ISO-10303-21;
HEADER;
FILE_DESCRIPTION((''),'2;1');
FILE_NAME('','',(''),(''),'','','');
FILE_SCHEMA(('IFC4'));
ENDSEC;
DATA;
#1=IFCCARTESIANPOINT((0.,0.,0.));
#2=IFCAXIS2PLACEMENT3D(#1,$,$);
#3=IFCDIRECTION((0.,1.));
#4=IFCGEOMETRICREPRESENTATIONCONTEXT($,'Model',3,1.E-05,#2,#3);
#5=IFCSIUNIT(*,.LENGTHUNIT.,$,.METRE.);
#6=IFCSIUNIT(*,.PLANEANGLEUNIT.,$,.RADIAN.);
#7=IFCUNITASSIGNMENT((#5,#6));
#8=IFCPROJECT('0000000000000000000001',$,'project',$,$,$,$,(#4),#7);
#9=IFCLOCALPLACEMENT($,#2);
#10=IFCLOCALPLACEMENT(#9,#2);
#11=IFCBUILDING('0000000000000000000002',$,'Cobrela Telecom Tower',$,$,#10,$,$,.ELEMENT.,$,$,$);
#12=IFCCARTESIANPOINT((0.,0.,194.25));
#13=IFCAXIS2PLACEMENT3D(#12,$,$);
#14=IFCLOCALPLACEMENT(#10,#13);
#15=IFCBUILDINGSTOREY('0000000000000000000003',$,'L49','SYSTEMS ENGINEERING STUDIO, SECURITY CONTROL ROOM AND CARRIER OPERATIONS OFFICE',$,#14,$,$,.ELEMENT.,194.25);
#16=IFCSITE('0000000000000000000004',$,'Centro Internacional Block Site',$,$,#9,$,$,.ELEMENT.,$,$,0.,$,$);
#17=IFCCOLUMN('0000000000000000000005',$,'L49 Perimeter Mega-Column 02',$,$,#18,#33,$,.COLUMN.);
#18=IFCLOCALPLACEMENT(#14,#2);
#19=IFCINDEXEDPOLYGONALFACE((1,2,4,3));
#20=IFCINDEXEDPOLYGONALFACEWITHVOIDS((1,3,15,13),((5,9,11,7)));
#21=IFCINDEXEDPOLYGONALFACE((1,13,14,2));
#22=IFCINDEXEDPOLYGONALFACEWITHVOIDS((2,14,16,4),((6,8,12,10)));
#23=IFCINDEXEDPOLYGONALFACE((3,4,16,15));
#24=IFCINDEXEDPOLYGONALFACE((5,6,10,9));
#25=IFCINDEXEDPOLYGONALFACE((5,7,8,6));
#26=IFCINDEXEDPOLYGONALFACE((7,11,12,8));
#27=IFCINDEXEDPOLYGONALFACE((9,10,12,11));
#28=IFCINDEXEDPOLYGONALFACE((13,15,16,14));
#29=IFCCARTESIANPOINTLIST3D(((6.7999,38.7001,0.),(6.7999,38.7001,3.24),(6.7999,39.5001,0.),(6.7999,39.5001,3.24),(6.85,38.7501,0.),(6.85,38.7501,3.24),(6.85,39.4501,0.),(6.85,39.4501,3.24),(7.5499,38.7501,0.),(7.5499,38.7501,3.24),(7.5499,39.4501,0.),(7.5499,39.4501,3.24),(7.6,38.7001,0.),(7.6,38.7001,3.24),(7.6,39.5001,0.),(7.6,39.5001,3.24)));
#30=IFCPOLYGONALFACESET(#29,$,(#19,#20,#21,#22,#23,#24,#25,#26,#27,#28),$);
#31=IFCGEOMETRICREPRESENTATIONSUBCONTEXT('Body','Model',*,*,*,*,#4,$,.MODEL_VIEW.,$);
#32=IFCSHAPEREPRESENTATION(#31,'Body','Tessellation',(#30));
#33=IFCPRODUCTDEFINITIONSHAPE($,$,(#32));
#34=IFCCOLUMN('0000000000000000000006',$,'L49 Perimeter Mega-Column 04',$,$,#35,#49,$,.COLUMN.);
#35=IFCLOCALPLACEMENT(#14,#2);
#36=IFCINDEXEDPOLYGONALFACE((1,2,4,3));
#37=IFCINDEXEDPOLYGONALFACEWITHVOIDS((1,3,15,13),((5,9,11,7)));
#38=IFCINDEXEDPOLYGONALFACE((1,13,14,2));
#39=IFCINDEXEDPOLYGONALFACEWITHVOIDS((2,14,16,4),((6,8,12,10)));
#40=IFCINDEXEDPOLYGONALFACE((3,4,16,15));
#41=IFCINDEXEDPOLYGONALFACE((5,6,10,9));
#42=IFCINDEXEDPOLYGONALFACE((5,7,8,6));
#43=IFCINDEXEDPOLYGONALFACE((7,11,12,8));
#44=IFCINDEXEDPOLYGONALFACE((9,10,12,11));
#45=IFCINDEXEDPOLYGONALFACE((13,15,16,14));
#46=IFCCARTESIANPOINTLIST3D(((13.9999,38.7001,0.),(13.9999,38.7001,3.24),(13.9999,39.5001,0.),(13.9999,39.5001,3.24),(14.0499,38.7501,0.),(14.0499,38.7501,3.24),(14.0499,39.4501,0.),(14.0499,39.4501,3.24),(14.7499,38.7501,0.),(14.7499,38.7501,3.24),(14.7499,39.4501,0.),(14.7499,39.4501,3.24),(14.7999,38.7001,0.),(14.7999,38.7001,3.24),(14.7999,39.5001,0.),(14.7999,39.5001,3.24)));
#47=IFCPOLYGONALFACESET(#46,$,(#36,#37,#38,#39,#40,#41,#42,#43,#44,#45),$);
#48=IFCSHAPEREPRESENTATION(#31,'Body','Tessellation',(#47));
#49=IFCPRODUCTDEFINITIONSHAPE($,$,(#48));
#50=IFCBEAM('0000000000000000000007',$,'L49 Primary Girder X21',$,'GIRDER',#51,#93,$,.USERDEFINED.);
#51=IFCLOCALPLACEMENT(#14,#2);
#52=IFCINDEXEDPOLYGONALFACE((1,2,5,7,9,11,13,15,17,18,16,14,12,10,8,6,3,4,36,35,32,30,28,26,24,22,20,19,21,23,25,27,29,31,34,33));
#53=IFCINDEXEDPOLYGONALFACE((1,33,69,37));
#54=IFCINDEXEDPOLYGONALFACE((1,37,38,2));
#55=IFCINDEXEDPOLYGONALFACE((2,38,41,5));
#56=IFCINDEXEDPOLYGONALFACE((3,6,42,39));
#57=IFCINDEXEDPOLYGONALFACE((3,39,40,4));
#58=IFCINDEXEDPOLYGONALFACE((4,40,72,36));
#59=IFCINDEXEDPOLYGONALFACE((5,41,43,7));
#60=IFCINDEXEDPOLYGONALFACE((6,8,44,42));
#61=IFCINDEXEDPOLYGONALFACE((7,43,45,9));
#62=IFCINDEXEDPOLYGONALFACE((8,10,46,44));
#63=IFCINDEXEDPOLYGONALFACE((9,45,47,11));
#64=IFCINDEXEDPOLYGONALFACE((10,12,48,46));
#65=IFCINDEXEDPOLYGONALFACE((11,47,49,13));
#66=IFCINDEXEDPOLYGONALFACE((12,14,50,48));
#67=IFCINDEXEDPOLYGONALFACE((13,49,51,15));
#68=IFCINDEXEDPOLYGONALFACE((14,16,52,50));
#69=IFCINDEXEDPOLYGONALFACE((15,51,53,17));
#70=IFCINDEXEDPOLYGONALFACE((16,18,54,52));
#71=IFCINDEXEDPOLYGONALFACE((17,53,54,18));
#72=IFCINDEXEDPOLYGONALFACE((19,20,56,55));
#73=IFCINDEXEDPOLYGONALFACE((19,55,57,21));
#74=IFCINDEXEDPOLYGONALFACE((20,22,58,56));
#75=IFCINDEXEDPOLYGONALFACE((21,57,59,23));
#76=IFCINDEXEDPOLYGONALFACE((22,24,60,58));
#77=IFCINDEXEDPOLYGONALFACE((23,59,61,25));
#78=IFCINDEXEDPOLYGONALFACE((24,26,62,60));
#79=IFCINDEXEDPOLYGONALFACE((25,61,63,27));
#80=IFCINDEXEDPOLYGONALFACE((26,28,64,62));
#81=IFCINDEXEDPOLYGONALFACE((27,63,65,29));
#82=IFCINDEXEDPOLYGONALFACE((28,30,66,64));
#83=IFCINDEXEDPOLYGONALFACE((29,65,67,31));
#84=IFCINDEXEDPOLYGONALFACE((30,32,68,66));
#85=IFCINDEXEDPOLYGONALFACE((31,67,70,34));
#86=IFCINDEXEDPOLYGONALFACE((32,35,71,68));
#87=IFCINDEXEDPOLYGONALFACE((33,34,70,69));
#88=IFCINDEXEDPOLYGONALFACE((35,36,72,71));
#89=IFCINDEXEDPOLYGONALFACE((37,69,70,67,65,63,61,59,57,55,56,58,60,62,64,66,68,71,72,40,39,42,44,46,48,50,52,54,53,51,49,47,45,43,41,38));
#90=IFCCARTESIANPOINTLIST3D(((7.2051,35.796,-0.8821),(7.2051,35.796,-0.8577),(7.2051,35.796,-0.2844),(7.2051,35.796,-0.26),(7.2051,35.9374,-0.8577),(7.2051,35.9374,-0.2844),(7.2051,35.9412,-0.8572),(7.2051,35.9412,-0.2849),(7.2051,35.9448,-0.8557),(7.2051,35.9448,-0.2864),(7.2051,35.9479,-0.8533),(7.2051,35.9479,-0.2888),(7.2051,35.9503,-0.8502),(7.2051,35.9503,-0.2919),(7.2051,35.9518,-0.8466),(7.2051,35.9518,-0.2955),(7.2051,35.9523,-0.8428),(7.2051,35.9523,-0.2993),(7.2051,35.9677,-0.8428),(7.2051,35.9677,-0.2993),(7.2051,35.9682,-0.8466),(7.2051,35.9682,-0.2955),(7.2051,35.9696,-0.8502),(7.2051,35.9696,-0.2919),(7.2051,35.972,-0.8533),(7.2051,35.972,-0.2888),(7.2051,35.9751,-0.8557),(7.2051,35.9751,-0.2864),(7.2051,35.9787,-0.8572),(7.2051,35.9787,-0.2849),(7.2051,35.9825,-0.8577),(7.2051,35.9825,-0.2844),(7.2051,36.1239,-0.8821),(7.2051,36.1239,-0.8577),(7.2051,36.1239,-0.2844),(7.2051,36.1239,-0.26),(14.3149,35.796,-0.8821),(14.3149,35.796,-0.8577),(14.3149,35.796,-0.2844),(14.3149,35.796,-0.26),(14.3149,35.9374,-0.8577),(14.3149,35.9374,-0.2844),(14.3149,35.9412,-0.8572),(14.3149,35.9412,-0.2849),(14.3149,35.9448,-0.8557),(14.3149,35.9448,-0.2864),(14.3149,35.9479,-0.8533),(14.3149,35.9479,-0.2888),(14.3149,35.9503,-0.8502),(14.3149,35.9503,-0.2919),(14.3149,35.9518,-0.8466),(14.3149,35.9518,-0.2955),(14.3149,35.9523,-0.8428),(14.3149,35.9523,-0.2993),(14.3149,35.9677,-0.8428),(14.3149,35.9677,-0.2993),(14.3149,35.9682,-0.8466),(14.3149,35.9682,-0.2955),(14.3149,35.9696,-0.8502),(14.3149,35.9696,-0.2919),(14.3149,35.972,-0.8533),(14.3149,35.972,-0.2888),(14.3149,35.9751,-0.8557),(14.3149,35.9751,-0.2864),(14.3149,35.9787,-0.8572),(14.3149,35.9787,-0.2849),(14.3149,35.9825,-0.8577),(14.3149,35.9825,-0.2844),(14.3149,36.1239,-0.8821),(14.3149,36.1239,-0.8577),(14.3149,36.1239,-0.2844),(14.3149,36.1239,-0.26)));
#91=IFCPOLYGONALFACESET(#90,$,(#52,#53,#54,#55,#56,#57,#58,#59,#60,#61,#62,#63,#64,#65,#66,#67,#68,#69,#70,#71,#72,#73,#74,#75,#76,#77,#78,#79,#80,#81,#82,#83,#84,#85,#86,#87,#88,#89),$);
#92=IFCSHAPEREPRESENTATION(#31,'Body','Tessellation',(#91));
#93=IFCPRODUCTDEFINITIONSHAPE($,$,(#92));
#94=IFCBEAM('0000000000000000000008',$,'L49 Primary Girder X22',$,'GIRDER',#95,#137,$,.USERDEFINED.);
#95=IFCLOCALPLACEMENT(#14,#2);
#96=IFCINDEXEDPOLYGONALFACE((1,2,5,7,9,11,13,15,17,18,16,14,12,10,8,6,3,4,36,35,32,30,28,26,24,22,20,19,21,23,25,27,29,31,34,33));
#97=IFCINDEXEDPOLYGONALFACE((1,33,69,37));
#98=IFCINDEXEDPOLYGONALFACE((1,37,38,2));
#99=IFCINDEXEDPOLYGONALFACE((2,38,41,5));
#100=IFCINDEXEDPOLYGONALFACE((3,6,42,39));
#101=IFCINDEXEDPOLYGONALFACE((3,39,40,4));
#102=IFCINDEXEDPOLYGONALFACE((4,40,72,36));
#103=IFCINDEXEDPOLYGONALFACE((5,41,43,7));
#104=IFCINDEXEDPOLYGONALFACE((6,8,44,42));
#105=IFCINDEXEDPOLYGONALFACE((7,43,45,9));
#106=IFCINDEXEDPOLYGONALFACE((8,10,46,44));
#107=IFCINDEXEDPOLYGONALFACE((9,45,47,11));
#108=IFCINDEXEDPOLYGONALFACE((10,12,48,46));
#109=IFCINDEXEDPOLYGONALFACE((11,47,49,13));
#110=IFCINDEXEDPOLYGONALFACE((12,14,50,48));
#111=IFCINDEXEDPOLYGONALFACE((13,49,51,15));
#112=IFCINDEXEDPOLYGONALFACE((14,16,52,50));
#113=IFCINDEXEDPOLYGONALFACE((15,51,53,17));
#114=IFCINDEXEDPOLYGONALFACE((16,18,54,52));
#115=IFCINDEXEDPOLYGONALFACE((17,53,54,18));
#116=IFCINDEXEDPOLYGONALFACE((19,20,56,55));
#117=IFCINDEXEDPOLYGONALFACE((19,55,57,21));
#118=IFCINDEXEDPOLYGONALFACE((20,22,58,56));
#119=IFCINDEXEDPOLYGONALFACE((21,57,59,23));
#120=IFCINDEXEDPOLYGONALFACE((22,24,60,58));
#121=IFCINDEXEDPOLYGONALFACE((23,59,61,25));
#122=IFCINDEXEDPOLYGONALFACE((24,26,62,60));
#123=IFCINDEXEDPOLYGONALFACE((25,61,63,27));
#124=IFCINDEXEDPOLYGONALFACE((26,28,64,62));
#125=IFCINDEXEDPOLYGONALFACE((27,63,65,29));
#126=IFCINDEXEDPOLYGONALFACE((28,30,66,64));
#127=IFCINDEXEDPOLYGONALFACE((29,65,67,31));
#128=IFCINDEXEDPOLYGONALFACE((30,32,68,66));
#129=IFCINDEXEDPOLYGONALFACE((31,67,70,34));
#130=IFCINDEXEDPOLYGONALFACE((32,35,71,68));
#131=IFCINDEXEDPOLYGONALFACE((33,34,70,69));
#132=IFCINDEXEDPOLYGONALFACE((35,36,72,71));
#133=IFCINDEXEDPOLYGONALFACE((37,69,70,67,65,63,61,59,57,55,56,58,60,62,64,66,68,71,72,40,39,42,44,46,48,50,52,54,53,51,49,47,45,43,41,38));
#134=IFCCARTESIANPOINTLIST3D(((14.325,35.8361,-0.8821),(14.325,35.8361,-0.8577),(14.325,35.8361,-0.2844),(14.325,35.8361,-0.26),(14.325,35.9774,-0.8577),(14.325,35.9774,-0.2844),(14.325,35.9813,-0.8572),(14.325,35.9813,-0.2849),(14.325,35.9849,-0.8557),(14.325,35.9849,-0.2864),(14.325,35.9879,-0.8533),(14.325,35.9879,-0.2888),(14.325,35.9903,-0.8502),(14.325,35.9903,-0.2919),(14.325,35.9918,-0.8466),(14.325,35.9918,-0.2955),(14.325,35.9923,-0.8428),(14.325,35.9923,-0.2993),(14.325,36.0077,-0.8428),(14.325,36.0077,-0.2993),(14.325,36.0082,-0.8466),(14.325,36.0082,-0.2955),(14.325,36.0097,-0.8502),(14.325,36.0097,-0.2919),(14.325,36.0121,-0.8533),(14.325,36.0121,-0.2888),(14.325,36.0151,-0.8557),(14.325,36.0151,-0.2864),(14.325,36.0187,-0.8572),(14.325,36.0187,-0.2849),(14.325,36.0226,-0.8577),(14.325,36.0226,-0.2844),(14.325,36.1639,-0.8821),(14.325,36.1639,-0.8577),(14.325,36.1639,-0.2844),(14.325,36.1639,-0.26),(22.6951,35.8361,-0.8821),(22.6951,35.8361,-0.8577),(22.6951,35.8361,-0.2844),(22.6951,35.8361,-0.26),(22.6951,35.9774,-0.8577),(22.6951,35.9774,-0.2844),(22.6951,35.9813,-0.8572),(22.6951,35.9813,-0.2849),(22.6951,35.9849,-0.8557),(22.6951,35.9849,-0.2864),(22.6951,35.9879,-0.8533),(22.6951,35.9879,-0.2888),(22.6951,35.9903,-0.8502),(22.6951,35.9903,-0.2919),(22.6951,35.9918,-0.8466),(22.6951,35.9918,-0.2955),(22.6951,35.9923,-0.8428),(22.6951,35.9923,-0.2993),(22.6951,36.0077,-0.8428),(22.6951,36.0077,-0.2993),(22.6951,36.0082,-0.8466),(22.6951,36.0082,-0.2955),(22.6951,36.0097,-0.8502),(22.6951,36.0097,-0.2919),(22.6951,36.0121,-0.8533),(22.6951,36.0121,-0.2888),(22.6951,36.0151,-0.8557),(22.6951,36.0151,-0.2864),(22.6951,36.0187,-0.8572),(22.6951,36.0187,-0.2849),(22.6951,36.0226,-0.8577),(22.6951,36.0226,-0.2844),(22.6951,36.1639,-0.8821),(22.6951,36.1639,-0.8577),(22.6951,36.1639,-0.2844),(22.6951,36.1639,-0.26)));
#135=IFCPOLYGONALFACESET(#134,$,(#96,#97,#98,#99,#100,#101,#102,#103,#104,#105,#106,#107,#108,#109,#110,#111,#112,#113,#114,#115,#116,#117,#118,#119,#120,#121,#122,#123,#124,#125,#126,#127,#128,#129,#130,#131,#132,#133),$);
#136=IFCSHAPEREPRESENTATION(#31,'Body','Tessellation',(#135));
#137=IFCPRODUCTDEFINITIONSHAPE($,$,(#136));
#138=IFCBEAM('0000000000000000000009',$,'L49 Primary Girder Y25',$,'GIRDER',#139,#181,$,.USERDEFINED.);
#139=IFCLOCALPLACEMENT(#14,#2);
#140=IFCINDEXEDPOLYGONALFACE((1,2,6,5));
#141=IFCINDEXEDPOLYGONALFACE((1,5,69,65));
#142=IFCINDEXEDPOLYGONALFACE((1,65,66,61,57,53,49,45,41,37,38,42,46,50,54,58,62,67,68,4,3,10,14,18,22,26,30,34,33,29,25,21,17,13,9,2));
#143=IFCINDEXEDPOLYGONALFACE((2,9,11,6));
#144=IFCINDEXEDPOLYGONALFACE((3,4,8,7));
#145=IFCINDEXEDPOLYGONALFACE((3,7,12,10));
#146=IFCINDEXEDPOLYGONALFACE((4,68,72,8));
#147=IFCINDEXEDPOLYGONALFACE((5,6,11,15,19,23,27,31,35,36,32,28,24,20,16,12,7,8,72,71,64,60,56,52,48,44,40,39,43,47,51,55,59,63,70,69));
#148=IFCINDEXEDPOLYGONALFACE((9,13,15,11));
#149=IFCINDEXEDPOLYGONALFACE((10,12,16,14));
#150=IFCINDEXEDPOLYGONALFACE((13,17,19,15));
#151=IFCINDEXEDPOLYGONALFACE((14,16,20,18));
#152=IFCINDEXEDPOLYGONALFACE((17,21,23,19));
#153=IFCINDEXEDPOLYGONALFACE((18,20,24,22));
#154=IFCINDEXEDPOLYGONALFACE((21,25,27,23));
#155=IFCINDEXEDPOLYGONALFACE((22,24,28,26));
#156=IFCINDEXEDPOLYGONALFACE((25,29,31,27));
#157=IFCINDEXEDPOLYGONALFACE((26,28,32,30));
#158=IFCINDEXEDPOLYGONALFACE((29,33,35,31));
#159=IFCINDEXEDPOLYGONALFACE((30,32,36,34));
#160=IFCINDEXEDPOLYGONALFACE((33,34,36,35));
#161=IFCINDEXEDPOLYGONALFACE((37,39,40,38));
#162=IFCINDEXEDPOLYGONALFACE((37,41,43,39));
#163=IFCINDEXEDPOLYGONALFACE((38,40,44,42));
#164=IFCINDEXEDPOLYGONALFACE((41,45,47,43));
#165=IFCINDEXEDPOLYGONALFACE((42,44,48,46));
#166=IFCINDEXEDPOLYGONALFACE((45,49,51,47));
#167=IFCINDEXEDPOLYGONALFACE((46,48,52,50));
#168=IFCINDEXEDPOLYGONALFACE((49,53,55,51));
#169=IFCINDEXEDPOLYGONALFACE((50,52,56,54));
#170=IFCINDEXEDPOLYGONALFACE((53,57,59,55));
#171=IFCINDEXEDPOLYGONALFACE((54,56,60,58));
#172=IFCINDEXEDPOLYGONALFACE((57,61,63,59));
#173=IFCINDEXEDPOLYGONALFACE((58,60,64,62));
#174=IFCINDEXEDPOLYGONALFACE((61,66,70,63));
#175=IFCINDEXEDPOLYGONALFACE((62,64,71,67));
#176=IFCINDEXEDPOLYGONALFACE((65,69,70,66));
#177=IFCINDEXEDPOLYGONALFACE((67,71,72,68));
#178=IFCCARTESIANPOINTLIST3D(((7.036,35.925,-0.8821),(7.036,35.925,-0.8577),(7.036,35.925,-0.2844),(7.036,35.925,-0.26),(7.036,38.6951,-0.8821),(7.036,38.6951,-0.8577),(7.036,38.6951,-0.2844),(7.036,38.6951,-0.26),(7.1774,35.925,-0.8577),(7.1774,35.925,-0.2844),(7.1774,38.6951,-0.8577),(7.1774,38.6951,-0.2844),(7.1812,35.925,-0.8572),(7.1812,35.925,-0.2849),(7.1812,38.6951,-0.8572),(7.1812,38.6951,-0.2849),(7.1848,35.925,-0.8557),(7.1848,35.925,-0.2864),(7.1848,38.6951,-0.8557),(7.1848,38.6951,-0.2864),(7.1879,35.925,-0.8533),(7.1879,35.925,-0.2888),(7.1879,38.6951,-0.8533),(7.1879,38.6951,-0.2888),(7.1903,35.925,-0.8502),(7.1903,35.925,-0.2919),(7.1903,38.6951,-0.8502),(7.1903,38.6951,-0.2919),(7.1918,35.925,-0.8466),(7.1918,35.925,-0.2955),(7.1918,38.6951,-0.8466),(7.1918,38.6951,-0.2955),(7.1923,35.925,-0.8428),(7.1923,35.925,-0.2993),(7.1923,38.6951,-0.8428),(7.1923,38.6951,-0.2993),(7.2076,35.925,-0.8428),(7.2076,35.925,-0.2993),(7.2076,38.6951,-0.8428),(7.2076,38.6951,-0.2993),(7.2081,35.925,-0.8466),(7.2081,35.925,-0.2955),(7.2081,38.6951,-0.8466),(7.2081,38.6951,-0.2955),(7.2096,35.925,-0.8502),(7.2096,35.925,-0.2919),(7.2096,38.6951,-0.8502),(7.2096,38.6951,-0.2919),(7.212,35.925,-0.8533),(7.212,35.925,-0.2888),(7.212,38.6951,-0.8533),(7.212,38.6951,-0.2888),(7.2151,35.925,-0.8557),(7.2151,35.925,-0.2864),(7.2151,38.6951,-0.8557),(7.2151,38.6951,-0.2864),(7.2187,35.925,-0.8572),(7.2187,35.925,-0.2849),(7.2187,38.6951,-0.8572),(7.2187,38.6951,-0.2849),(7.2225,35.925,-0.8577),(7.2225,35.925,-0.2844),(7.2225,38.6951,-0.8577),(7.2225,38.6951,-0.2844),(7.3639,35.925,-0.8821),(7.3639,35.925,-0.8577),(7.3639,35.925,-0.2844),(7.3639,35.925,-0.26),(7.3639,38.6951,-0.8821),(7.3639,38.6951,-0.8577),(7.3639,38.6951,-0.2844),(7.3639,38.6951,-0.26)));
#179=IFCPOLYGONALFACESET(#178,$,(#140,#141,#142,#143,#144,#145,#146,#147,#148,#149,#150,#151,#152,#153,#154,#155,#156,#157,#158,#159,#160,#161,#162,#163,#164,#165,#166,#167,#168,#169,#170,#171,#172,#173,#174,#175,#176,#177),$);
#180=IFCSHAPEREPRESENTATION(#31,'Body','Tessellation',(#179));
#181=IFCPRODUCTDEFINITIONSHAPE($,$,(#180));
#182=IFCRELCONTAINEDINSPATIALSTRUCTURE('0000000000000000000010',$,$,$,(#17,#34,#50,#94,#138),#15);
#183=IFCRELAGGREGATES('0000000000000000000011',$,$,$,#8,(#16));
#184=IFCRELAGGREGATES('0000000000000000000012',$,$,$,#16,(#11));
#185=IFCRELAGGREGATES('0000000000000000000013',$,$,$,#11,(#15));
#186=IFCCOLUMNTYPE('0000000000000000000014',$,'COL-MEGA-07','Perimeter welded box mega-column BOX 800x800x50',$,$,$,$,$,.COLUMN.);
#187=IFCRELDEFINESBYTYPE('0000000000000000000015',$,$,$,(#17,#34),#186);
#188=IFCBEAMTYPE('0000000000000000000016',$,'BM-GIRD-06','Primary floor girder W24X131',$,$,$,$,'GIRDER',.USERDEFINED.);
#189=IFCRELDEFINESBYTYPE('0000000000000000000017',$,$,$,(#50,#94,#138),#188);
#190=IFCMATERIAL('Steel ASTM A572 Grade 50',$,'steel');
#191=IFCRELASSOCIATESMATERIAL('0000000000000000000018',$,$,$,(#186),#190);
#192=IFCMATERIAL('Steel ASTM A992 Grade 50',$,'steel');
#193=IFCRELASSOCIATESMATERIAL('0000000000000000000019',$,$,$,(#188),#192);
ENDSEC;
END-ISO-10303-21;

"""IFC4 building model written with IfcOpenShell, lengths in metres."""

from ifc_helpers import new_model, si_unit, direction, frame, origin, origin_2d, place, context, subcontext, project, spatial, hollow_rectangle, i_section, extrude, material, material_profile, profile_set, type_object, element, save


model = new_model("IFC4")

# Units and contexts
model_context = context("Model", 3, precision=1e-05, world=origin(), true_north=direction((0.0, 1.0)))
body_context = subcontext(model_context, "Body", "Model", "MODEL_VIEW")
ifc_project = project(units=[si_unit("LENGTHUNIT", "METRE"), si_unit("PLANEANGLEUNIT", "RADIAN")], contexts=[model_context])

# Site, building, storey
site_placement = place(None, origin())
site = spatial("IfcSite", under=ifc_project, at=site_placement, Name="Centro Internacional Block Site", CompositionType="ELEMENT", RefElevation=0.0)
building_placement = place(site_placement, origin())
building = spatial("IfcBuilding", under=site, at=building_placement, Name="Cobrela Telecom Tower", CompositionType="ELEMENT")
storey_placement = place(building_placement, frame((0.0, 0.0, 194.25)))
storey = spatial("IfcBuildingStorey", under=building, at=storey_placement, Name="L49", Description="SYSTEMS ENGINEERING STUDIO, SECURITY CONTROL ROOM AND CARRIER OPERATIONS OFFICE", CompositionType="ELEMENT", Elevation=194.25)

# Columns
ifc_material_1 = material(Name="Steel ASTM A572 Grade 50", Category="steel")
ifc_material_profile_1 = material_profile(ifc_material_1, hollow_rectangle(XDim=0.8, YDim=0.8, WallThickness=0.05, at=origin_2d()), Name="BOX 800x800x50")
ifc_profile_set_1 = profile_set([ifc_material_profile_1], Name="Steel ASTM A572 Grade 50")
column_type = type_object("IfcColumnType", Name="COL-MEGA-07", Description="Perimeter welded box mega-column BOX 800x800x50", PredefinedType="COLUMN", material=ifc_profile_set_1)
for number, where, z_axis, x_axis, name in (
    (1, (7.2, 39.1001, 0.0), (0.0, 0.0, 1.0), (1.0, 0.0, 0.0), "L49 Perimeter Mega-Column 02"),
    (2, (14.3999, 39.1001, 0.0), (0.0, 0.0, 1.0), (1.0, 0.0, 0.0), "L49 Perimeter Mega-Column 04"),
):
    element("IfcColumn", number, at=place(storey_placement, frame(where, z_axis=z_axis, x_axis=x_axis)), inside=storey, type_object=column_type, Name=name, PredefinedType="COLUMN", context=body_context, shape_type="SweptSolid", body=[
        extrude(hollow_rectangle(XDim=0.8, YDim=0.8, WallThickness=0.05, at=origin_2d()), origin(), (0.0, 0.0, 1.0), 3.24),
    ])

# Beams
ifc_material_2 = material(Name="Steel ASTM A992 Grade 50", Category="steel")
ifc_material_profile_2 = material_profile(ifc_material_2, i_section(OverallWidth=0.3279, OverallDepth=0.6221, WebThickness=0.0154, FlangeThickness=0.0244, FilletRadius=0.0149, at=origin_2d()), Name="W24X131")
ifc_profile_set_2 = profile_set([ifc_material_profile_2], Name="Steel ASTM A992 Grade 50")
beam_type_1 = type_object("IfcBeamType", Name="BM-GIRD-06", Description="Primary floor girder W24X131", ElementType="GIRDER", PredefinedType="USERDEFINED", material=ifc_profile_set_2)
beam_1_placement = place(storey_placement, frame((7.2051, 35.96, -0.571), z_axis=(1.0, 0.0, 0.0), x_axis=(0.0, 1.0, 0.0)))
element("IfcBeam", 3, at=beam_1_placement, inside=storey, type_object=beam_type_1, Name="L49 Primary Girder X21", ObjectType="GIRDER", PredefinedType="USERDEFINED", context=body_context, shape_type="SweptSolid", body=[
    extrude(i_section(OverallWidth=0.3279, OverallDepth=0.6221, WebThickness=0.0154, FlangeThickness=0.0244, FilletRadius=0.0149, at=origin_2d()), origin(), (0.0, 0.0, 1.0), 7.1099),
])
beam_2_placement = place(storey_placement, frame((14.325, 36.0, -0.571), z_axis=(1.0, 0.0, 0.0), x_axis=(0.0, 1.0, 0.0)))
element("IfcBeam", 4, at=beam_2_placement, inside=storey, type_object=beam_type_1, Name="L49 Primary Girder X22", ObjectType="GIRDER", PredefinedType="USERDEFINED", context=body_context, shape_type="SweptSolid", body=[
    extrude(i_section(OverallWidth=0.3279, OverallDepth=0.6221, WebThickness=0.0154, FlangeThickness=0.0244, FilletRadius=0.0149, at=origin_2d()), origin(), (0.0, 0.0, 1.0), 8.3701),
])
for number, where, z_axis, x_axis, name in (
    (5, (7.2, 35.925, -0.571), (0.0, 1.0, 0.0), (-1.0, 0.0, 0.0), "L49 Primary Girder Y25"),
):
    element("IfcBeam", number, at=place(storey_placement, frame(where, z_axis=z_axis, x_axis=x_axis)), inside=storey, type_object=beam_type_1, Name=name, ObjectType="GIRDER", PredefinedType="USERDEFINED", context=body_context, shape_type="SweptSolid", body=[
        extrude(i_section(OverallWidth=0.3279, OverallDepth=0.6221, WebThickness=0.0154, FlangeThickness=0.0244, FilletRadius=0.0149, at=origin_2d()), origin(), (0.0, 0.0, 1.0), 2.77),
    ])

save(model, "model.ifc")
